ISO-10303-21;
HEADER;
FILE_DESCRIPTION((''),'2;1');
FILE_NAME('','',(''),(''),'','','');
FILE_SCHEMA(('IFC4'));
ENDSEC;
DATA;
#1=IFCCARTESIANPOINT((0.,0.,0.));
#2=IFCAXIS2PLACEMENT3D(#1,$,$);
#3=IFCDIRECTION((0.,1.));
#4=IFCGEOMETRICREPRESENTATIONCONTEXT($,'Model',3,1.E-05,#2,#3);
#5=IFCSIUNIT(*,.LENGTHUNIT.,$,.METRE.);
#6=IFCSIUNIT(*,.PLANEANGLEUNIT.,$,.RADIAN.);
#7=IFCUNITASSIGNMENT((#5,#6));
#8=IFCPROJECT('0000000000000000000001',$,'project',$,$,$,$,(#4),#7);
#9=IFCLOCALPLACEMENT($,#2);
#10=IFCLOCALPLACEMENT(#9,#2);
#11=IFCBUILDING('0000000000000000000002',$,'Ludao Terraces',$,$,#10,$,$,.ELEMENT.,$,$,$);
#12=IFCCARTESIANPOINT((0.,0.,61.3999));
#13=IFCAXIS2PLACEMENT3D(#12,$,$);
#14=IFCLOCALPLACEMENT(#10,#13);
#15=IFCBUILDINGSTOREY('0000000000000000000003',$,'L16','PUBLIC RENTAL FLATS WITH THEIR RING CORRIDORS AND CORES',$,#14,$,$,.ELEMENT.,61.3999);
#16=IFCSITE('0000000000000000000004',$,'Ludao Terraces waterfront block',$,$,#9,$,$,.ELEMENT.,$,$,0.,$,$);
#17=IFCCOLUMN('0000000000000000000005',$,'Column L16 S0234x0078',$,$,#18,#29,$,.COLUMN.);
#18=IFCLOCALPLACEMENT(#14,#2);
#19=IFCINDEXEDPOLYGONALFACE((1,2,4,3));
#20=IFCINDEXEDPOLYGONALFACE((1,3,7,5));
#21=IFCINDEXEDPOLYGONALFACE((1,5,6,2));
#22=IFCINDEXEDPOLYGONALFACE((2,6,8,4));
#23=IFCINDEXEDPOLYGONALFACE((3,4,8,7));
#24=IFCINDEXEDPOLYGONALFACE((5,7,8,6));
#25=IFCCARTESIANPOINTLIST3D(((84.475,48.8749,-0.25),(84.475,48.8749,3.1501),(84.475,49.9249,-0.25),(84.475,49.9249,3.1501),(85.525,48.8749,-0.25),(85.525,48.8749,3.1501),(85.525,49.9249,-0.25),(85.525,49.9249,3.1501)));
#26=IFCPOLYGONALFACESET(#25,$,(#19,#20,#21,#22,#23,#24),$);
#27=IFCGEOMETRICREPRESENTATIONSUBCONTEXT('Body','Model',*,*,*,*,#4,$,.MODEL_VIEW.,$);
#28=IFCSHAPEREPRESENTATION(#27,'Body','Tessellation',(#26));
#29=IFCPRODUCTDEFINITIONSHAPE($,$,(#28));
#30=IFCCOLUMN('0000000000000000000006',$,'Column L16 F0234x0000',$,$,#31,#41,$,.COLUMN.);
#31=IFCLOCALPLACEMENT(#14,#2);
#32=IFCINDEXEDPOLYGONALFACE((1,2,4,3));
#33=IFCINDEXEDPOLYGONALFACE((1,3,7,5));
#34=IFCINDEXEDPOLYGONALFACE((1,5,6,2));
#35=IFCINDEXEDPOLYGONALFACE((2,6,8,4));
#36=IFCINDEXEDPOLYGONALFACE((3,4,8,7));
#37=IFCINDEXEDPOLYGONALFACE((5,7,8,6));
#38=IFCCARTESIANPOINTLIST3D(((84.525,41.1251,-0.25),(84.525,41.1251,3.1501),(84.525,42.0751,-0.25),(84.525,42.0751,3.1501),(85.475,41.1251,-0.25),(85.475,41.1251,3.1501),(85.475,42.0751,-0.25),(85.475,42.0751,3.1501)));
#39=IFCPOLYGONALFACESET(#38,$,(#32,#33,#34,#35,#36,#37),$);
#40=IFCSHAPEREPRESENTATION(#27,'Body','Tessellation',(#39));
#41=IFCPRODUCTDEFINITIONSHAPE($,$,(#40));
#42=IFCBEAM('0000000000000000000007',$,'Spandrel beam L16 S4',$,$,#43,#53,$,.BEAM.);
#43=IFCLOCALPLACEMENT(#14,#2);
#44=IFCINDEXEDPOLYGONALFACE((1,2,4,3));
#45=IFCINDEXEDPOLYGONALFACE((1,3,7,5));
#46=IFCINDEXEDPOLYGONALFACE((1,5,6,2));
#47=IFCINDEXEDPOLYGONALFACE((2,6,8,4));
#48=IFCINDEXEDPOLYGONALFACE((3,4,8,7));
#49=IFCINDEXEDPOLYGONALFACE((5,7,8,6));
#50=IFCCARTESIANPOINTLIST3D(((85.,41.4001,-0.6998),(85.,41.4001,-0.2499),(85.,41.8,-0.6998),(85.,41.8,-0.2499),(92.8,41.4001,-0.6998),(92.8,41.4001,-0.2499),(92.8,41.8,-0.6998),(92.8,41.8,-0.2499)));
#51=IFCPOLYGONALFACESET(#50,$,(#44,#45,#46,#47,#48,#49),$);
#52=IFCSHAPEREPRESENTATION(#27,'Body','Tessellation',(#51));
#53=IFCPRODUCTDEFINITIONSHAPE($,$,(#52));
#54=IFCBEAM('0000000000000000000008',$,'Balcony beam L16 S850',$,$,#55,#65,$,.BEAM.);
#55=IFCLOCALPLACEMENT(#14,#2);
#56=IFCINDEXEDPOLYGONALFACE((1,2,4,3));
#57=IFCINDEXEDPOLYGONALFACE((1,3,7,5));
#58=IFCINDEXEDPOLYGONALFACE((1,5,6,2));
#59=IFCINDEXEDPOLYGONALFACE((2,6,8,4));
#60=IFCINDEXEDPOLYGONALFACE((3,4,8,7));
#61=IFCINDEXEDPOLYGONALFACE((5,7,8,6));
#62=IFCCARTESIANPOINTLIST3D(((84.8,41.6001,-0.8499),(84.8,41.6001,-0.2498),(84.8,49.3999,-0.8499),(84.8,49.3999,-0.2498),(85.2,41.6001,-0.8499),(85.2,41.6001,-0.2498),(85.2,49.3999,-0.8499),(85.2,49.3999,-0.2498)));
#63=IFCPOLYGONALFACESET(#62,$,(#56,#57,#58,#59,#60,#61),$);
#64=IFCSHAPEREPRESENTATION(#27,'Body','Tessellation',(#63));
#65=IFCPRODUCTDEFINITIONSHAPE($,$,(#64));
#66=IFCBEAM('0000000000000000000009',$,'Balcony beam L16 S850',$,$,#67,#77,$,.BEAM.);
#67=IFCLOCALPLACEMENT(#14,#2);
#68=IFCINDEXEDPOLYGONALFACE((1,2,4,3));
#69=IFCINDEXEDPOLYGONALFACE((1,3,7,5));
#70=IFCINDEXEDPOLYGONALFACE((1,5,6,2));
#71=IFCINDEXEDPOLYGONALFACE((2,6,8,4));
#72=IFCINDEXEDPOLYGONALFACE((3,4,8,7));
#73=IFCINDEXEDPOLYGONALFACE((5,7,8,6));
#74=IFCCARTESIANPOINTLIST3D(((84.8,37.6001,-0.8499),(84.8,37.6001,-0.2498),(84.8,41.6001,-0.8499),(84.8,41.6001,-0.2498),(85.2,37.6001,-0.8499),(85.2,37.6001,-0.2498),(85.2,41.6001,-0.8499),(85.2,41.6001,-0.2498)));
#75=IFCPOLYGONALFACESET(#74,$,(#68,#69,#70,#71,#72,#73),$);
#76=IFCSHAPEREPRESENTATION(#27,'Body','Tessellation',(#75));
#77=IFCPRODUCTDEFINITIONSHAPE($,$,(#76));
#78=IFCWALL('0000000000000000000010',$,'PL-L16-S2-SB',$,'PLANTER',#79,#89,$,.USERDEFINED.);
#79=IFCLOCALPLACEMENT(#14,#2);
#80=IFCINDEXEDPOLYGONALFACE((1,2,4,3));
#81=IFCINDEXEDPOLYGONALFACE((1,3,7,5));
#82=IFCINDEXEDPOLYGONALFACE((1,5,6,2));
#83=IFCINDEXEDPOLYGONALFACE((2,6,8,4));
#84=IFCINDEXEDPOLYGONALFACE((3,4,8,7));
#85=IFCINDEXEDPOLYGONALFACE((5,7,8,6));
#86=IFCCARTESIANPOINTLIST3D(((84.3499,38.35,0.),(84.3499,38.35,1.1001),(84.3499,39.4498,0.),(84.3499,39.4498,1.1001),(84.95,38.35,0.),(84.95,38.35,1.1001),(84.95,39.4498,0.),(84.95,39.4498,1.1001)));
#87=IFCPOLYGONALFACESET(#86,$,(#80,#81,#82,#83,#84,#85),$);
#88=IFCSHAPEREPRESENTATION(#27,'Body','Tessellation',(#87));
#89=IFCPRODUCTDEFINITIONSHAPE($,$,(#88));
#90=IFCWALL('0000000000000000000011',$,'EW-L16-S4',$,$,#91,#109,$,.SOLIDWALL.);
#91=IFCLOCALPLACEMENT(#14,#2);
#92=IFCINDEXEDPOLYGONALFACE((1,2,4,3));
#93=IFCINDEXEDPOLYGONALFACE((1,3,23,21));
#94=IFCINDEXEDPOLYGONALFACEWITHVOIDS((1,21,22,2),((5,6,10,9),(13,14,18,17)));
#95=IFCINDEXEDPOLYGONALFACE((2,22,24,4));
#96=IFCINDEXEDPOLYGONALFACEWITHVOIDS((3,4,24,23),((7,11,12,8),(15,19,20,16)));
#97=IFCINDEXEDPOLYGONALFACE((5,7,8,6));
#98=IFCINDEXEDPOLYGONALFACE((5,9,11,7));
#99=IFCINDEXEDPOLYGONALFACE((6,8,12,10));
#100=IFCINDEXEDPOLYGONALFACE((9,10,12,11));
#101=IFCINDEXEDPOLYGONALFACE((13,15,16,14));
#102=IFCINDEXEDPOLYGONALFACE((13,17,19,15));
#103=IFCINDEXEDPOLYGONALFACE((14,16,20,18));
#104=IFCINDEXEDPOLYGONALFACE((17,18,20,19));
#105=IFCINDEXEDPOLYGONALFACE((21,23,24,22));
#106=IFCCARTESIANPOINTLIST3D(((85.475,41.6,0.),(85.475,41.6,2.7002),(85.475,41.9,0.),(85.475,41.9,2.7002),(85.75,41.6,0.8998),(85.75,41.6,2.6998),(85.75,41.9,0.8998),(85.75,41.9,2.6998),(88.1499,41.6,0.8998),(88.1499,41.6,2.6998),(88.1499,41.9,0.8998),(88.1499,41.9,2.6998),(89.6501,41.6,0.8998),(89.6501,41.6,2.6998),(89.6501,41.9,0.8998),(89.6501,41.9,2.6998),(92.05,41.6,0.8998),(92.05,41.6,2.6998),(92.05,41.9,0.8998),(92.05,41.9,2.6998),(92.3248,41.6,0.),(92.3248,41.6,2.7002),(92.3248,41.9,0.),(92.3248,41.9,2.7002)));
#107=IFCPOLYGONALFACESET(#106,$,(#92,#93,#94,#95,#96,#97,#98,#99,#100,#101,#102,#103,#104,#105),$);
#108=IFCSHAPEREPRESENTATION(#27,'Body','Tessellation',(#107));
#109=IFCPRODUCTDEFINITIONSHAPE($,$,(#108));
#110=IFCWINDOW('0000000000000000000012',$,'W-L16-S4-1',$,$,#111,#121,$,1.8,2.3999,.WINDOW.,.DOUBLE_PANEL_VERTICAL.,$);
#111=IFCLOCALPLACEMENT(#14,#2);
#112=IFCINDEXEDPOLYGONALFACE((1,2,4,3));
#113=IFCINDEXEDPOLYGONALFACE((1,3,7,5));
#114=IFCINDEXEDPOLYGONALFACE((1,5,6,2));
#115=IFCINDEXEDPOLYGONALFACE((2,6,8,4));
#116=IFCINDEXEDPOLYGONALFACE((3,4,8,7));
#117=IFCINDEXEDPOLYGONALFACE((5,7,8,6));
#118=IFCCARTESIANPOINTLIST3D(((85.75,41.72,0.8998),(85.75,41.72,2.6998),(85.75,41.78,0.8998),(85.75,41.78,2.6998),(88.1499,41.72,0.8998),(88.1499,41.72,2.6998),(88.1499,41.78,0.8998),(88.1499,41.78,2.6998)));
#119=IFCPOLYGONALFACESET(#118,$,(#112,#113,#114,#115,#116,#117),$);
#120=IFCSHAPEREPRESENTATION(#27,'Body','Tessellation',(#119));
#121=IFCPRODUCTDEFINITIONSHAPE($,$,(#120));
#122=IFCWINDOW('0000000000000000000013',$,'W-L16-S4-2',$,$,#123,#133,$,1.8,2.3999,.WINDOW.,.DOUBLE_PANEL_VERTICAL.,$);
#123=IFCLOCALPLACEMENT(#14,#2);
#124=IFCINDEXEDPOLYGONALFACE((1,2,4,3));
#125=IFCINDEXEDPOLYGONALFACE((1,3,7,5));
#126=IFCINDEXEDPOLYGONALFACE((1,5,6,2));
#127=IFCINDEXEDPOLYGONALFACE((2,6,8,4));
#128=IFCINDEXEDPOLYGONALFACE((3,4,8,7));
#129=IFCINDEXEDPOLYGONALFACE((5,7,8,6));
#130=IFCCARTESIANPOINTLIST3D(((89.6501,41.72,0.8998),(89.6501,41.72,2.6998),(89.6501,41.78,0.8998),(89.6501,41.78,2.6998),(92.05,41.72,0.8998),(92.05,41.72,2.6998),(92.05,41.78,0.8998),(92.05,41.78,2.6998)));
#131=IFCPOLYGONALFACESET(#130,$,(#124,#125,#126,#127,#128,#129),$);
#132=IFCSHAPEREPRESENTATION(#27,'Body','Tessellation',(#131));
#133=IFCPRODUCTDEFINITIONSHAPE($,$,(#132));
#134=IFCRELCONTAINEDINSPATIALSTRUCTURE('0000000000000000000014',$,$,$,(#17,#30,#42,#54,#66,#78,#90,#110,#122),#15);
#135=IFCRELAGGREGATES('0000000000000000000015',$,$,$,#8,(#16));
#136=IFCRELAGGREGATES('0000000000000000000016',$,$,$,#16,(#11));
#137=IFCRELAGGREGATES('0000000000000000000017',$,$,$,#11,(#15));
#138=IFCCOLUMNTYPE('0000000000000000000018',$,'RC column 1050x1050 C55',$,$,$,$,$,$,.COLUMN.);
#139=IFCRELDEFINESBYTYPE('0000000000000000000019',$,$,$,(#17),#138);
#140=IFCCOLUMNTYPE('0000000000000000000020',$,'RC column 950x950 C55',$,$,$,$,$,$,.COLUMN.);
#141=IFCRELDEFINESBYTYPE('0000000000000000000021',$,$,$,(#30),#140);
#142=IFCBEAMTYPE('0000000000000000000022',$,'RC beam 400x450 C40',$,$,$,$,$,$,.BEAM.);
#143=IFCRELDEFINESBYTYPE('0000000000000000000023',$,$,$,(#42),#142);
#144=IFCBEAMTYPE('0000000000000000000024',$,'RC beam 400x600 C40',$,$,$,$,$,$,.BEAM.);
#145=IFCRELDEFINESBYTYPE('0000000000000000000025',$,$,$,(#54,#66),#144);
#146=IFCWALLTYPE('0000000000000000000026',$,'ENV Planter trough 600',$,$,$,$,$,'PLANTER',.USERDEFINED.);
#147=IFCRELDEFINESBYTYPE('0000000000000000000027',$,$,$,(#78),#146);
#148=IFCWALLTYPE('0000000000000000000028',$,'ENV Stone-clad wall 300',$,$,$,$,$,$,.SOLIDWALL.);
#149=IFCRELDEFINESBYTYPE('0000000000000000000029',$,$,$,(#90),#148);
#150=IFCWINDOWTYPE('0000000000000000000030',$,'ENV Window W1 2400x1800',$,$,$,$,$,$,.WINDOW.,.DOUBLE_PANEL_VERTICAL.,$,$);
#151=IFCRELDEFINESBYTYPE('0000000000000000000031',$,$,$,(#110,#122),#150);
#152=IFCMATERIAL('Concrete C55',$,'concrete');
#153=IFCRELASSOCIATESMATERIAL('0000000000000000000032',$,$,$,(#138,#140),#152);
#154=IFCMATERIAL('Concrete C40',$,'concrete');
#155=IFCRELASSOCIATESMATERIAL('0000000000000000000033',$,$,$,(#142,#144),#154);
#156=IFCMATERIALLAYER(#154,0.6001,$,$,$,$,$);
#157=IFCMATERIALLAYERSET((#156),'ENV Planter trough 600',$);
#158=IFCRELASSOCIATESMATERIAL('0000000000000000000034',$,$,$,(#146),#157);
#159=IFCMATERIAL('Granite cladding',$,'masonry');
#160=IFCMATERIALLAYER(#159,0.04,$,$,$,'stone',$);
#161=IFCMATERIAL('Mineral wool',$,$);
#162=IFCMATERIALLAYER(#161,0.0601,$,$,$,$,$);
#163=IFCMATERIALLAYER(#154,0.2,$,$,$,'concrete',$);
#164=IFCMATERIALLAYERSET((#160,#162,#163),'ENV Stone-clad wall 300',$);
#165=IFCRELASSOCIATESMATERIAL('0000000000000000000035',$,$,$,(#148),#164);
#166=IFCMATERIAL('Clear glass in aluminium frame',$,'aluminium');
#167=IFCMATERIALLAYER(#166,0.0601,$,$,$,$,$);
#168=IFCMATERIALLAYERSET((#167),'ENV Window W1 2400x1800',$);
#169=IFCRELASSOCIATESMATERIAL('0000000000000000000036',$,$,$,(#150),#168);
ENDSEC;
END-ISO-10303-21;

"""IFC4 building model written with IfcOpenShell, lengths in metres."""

from ifc_helpers import new_model, si_unit, direction, frame, frame_2d, origin, origin_2d, place, context, subcontext, project, spatial, rectangle, extrude, material, layer, layer_set, material_profile, profile_set, type_object, element, fill, save


model = new_model("IFC4")

# Units and contexts
model_context = context("Model", 3, precision=1e-05, world=origin(), true_north=direction((0.0, 1.0)))
body_context = subcontext(model_context, "Body", "Model", "MODEL_VIEW")
ifc_project = project(units=[si_unit("LENGTHUNIT", "METRE"), si_unit("PLANEANGLEUNIT", "RADIAN")], contexts=[model_context])

# Site, building, storey
site_placement = place(None, origin())
site = spatial("IfcSite", under=ifc_project, at=site_placement, Name="Ludao Terraces waterfront block", CompositionType="ELEMENT", RefElevation=0.0)
building_placement = place(site_placement, origin())
building = spatial("IfcBuilding", under=site, at=building_placement, Name="Ludao Terraces", CompositionType="ELEMENT")
storey_placement = place(building_placement, frame((0.0, 0.0, 61.3999)))
storey = spatial("IfcBuildingStorey", under=building, at=storey_placement, Name="L16", Description="PUBLIC RENTAL FLATS WITH THEIR RING CORRIDORS AND CORES", CompositionType="ELEMENT", Elevation=61.3999)

# Columns
ifc_material_1 = material(Name="Concrete C55", Category="concrete")
ifc_material_profile_1 = material_profile(ifc_material_1, rectangle(XDim=1.05, YDim=1.05, at=origin_2d()), Name="1050 X 1050")
ifc_profile_set_1 = profile_set([ifc_material_profile_1], Name="Concrete C55")
column_type_1 = type_object("IfcColumnType", Name="RC column 1050x1050 C55", PredefinedType="COLUMN", material=ifc_profile_set_1)
column_1_placement = place(storey_placement, frame((85.0, 49.3999, -0.25), z_axis=(0.0, 0.0, 1.0), x_axis=(1.0, 0.0, 0.0)))
element("IfcColumn", 1, at=column_1_placement, inside=storey, type_object=column_type_1, Name="Column L16 S0234x0078", PredefinedType="COLUMN", context=body_context, shape_type="SweptSolid", body=[
    extrude(rectangle(XDim=1.05, YDim=1.05, at=origin_2d()), origin(), (0.0, 0.0, 1.0), 3.4001),
])
ifc_material_profile_2 = material_profile(ifc_material_1, rectangle(XDim=0.95, YDim=0.95, at=origin_2d()), Name="950 X 950")
ifc_profile_set_2 = profile_set([ifc_material_profile_2], Name="Concrete C55")
column_type_2 = type_object("IfcColumnType", Name="RC column 950x950 C55", PredefinedType="COLUMN", material=ifc_profile_set_2)
column_2_placement = place(storey_placement, frame((85.0, 41.6001, -0.25), z_axis=(0.0, 0.0, 1.0), x_axis=(1.0, 0.0, 0.0)))
element("IfcColumn", 2, at=column_2_placement, inside=storey, type_object=column_type_2, Name="Column L16 F0234x0000", PredefinedType="COLUMN", context=body_context, shape_type="SweptSolid", body=[
    extrude(rectangle(XDim=0.95, YDim=0.95, at=origin_2d()), origin(), (0.0, 0.0, 1.0), 3.4001),
])

# Beams
ifc_material_2 = material(Name="Concrete C40", Category="concrete")
ifc_material_profile_3 = material_profile(ifc_material_2, rectangle(XDim=0.3999, YDim=0.45, at=origin_2d()), Name="400 X 450")
ifc_profile_set_3 = profile_set([ifc_material_profile_3], Name="Concrete C40")
beam_type_1 = type_object("IfcBeamType", Name="RC beam 400x450 C40", PredefinedType="BEAM", material=ifc_profile_set_3)
beam_1_placement = place(storey_placement, frame((85.0, 41.6001, -0.4749), z_axis=(1.0, 0.0, 0.0), x_axis=(0.0, 1.0, 0.0)))
element("IfcBeam", 3, at=beam_1_placement, inside=storey, type_object=beam_type_1, Name="Spandrel beam L16 S4", PredefinedType="BEAM", context=body_context, shape_type="SweptSolid", body=[
    extrude(rectangle(XDim=0.3999, YDim=0.45, at=origin_2d()), origin(), (0.0, 0.0, 1.0), 7.8),
])
ifc_material_profile_4 = material_profile(ifc_material_2, rectangle(XDim=0.3999, YDim=0.6001, at=origin_2d()), Name="400 X 600")
ifc_profile_set_4 = profile_set([ifc_material_profile_4], Name="Concrete C40")
beam_type_2 = type_object("IfcBeamType", Name="RC beam 400x600 C40", PredefinedType="BEAM", material=ifc_profile_set_4)
beam_2_placement = place(storey_placement, frame((85.0, 49.3999, -0.5498), z_axis=(0.0, -1.0, 0.0), x_axis=(1.0, 0.0, 0.0)))
element("IfcBeam", 4, at=beam_2_placement, inside=storey, type_object=beam_type_2, Name="Balcony beam L16 S850", PredefinedType="BEAM", context=body_context, shape_type="SweptSolid", body=[
    extrude(rectangle(XDim=0.3999, YDim=0.6001, at=origin_2d()), origin(), (0.0, 0.0, 1.0), 7.7998),
])
beam_3_placement = place(storey_placement, frame((85.0, 41.6001, -0.5498), z_axis=(0.0, -1.0, 0.0), x_axis=(1.0, 0.0, 0.0)))
element("IfcBeam", 5, at=beam_3_placement, inside=storey, type_object=beam_type_2, Name="Balcony beam L16 S850", PredefinedType="BEAM", context=body_context, shape_type="SweptSolid", body=[
    extrude(rectangle(XDim=0.3999, YDim=0.6001, at=origin_2d()), origin(), (0.0, 0.0, 1.0), 4.0),
])

# Wall
ifc_layer_1 = layer(ifc_material_2, 0.6001)
ifc_layer_set_1 = layer_set([ifc_layer_1], Name="ENV Planter trough 600")
wall_type_1 = type_object("IfcWallType", Name="ENV Planter trough 600", ElementType="PLANTER", PredefinedType="USERDEFINED", material=ifc_layer_set_1)
wall_1_placement = place(storey_placement, frame((84.6499, 38.3501, 0.0), z_axis=(0.0, 0.0, 1.0), x_axis=(0.0, 1.0, 0.0)))
element("IfcWall", 6, at=wall_1_placement, inside=storey, type_object=wall_type_1, Name="PL-L16-S2-SB", ObjectType="PLANTER", PredefinedType="USERDEFINED", context=body_context, shape_type="SweptSolid", body=[
    extrude(rectangle(XDim=1.0999, YDim=0.6001, at=frame_2d((0.5498, 0.0))), origin(), (0.0, 0.0, 1.0), 1.1001),
])

# Wall, openings, windows
ifc_material_3 = material(Name="Granite cladding", Category="masonry")
ifc_layer_2 = layer(ifc_material_3, 0.04, Category="stone")
ifc_material_4 = material(Name="Mineral wool")
ifc_layer_3 = layer(ifc_material_4, 0.0601)
ifc_layer_4 = layer(ifc_material_2, 0.2, Category="concrete")
ifc_layer_set_2 = layer_set([ifc_layer_2, ifc_layer_3, ifc_layer_4], Name="ENV Stone-clad wall 300")
wall_type_2 = type_object("IfcWallType", Name="ENV Stone-clad wall 300", PredefinedType="SOLIDWALL", material=ifc_layer_set_2)
wall_2_placement = place(storey_placement, frame((85.4751, 41.75, 0.0), z_axis=(0.0, 0.0, 1.0), x_axis=(1.0, 0.0, 0.0)))
wall_2 = element("IfcWall", 7, at=wall_2_placement, inside=storey, type_object=wall_type_2, Name="EW-L16-S4", PredefinedType="SOLIDWALL", context=body_context, shape_type="SweptSolid", body=[
    extrude(rectangle(XDim=6.8499, YDim=0.3, at=frame_2d((3.4248, 0.0))), origin(), (0.0, 0.0, 1.0), 2.7002),
])
opening_1_placement = place(wall_2_placement, frame((0.2749, 0.0, 0.8999)))
opening_1 = element("IfcOpeningElement", 8, at=opening_1_placement, cuts=wall_2, PredefinedType="OPENING", context=body_context, shape_type="SweptSolid", body=[
    extrude(rectangle(XDim=2.3999, YDim=1.8, at=frame_2d((1.2, 0.8999))), frame((0.0, 0.1602, 0.0), z_axis=(0.0, -1.0, 0.0), x_axis=(1.0, 0.0, 0.0)), (0.0, 0.0, 1.0), 0.3201),
])
opening_2_placement = place(wall_2_placement, frame((4.175, 0.0, 0.8999)))
opening_2 = element("IfcOpeningElement", 9, at=opening_2_placement, cuts=wall_2, PredefinedType="OPENING", context=body_context, shape_type="SweptSolid", body=[
    extrude(rectangle(XDim=2.3999, YDim=1.8, at=frame_2d((1.2, 0.8999))), frame((0.0, 0.1602, 0.0), z_axis=(0.0, -1.0, 0.0), x_axis=(1.0, 0.0, 0.0)), (0.0, 0.0, 1.0), 0.3201),
])
ifc_material_5 = material(Name="Clear glass in aluminium frame", Category="aluminium")
ifc_layer_5 = layer(ifc_material_5, 0.0601)
ifc_layer_set_3 = layer_set([ifc_layer_5], Name="ENV Window W1 2400x1800")
window_type = type_object("IfcWindowType", Name="ENV Window W1 2400x1800", PartitioningType="DOUBLE_PANEL_VERTICAL", PredefinedType="WINDOW", material=ifc_layer_set_3)
window_1_placement = place(opening_1_placement, origin())
window_1 = element("IfcWindow", 10, at=window_1_placement, inside=storey, type_object=window_type, Name="W-L16-S4-1", OverallHeight=1.8, OverallWidth=2.3999, PartitioningType="DOUBLE_PANEL_VERTICAL", PredefinedType="WINDOW", context=body_context, shape_type="SweptSolid", body=[
    extrude(rectangle(XDim=2.3999, YDim=1.8, at=frame_2d((1.2, 0.8999))), frame((0.0, 0.03, 0.0), z_axis=(0.0, -1.0, 0.0), x_axis=(1.0, 0.0, 0.0)), (0.0, 0.0, 1.0), 0.0601),
])
fill(opening_1, window_1)
window_2_placement = place(opening_2_placement, origin())
window_2 = element("IfcWindow", 11, at=window_2_placement, inside=storey, type_object=window_type, Name="W-L16-S4-2", OverallHeight=1.8, OverallWidth=2.3999, PartitioningType="DOUBLE_PANEL_VERTICAL", PredefinedType="WINDOW", context=body_context, shape_type="SweptSolid", body=[
    extrude(rectangle(XDim=2.3999, YDim=1.8, at=frame_2d((1.2, 0.8999))), frame((0.0, 0.03, 0.0), z_axis=(0.0, -1.0, 0.0), x_axis=(1.0, 0.0, 0.0)), (0.0, 0.0, 1.0), 0.0601),
])
fill(opening_2, window_2)

save(model, "model.ifc")
